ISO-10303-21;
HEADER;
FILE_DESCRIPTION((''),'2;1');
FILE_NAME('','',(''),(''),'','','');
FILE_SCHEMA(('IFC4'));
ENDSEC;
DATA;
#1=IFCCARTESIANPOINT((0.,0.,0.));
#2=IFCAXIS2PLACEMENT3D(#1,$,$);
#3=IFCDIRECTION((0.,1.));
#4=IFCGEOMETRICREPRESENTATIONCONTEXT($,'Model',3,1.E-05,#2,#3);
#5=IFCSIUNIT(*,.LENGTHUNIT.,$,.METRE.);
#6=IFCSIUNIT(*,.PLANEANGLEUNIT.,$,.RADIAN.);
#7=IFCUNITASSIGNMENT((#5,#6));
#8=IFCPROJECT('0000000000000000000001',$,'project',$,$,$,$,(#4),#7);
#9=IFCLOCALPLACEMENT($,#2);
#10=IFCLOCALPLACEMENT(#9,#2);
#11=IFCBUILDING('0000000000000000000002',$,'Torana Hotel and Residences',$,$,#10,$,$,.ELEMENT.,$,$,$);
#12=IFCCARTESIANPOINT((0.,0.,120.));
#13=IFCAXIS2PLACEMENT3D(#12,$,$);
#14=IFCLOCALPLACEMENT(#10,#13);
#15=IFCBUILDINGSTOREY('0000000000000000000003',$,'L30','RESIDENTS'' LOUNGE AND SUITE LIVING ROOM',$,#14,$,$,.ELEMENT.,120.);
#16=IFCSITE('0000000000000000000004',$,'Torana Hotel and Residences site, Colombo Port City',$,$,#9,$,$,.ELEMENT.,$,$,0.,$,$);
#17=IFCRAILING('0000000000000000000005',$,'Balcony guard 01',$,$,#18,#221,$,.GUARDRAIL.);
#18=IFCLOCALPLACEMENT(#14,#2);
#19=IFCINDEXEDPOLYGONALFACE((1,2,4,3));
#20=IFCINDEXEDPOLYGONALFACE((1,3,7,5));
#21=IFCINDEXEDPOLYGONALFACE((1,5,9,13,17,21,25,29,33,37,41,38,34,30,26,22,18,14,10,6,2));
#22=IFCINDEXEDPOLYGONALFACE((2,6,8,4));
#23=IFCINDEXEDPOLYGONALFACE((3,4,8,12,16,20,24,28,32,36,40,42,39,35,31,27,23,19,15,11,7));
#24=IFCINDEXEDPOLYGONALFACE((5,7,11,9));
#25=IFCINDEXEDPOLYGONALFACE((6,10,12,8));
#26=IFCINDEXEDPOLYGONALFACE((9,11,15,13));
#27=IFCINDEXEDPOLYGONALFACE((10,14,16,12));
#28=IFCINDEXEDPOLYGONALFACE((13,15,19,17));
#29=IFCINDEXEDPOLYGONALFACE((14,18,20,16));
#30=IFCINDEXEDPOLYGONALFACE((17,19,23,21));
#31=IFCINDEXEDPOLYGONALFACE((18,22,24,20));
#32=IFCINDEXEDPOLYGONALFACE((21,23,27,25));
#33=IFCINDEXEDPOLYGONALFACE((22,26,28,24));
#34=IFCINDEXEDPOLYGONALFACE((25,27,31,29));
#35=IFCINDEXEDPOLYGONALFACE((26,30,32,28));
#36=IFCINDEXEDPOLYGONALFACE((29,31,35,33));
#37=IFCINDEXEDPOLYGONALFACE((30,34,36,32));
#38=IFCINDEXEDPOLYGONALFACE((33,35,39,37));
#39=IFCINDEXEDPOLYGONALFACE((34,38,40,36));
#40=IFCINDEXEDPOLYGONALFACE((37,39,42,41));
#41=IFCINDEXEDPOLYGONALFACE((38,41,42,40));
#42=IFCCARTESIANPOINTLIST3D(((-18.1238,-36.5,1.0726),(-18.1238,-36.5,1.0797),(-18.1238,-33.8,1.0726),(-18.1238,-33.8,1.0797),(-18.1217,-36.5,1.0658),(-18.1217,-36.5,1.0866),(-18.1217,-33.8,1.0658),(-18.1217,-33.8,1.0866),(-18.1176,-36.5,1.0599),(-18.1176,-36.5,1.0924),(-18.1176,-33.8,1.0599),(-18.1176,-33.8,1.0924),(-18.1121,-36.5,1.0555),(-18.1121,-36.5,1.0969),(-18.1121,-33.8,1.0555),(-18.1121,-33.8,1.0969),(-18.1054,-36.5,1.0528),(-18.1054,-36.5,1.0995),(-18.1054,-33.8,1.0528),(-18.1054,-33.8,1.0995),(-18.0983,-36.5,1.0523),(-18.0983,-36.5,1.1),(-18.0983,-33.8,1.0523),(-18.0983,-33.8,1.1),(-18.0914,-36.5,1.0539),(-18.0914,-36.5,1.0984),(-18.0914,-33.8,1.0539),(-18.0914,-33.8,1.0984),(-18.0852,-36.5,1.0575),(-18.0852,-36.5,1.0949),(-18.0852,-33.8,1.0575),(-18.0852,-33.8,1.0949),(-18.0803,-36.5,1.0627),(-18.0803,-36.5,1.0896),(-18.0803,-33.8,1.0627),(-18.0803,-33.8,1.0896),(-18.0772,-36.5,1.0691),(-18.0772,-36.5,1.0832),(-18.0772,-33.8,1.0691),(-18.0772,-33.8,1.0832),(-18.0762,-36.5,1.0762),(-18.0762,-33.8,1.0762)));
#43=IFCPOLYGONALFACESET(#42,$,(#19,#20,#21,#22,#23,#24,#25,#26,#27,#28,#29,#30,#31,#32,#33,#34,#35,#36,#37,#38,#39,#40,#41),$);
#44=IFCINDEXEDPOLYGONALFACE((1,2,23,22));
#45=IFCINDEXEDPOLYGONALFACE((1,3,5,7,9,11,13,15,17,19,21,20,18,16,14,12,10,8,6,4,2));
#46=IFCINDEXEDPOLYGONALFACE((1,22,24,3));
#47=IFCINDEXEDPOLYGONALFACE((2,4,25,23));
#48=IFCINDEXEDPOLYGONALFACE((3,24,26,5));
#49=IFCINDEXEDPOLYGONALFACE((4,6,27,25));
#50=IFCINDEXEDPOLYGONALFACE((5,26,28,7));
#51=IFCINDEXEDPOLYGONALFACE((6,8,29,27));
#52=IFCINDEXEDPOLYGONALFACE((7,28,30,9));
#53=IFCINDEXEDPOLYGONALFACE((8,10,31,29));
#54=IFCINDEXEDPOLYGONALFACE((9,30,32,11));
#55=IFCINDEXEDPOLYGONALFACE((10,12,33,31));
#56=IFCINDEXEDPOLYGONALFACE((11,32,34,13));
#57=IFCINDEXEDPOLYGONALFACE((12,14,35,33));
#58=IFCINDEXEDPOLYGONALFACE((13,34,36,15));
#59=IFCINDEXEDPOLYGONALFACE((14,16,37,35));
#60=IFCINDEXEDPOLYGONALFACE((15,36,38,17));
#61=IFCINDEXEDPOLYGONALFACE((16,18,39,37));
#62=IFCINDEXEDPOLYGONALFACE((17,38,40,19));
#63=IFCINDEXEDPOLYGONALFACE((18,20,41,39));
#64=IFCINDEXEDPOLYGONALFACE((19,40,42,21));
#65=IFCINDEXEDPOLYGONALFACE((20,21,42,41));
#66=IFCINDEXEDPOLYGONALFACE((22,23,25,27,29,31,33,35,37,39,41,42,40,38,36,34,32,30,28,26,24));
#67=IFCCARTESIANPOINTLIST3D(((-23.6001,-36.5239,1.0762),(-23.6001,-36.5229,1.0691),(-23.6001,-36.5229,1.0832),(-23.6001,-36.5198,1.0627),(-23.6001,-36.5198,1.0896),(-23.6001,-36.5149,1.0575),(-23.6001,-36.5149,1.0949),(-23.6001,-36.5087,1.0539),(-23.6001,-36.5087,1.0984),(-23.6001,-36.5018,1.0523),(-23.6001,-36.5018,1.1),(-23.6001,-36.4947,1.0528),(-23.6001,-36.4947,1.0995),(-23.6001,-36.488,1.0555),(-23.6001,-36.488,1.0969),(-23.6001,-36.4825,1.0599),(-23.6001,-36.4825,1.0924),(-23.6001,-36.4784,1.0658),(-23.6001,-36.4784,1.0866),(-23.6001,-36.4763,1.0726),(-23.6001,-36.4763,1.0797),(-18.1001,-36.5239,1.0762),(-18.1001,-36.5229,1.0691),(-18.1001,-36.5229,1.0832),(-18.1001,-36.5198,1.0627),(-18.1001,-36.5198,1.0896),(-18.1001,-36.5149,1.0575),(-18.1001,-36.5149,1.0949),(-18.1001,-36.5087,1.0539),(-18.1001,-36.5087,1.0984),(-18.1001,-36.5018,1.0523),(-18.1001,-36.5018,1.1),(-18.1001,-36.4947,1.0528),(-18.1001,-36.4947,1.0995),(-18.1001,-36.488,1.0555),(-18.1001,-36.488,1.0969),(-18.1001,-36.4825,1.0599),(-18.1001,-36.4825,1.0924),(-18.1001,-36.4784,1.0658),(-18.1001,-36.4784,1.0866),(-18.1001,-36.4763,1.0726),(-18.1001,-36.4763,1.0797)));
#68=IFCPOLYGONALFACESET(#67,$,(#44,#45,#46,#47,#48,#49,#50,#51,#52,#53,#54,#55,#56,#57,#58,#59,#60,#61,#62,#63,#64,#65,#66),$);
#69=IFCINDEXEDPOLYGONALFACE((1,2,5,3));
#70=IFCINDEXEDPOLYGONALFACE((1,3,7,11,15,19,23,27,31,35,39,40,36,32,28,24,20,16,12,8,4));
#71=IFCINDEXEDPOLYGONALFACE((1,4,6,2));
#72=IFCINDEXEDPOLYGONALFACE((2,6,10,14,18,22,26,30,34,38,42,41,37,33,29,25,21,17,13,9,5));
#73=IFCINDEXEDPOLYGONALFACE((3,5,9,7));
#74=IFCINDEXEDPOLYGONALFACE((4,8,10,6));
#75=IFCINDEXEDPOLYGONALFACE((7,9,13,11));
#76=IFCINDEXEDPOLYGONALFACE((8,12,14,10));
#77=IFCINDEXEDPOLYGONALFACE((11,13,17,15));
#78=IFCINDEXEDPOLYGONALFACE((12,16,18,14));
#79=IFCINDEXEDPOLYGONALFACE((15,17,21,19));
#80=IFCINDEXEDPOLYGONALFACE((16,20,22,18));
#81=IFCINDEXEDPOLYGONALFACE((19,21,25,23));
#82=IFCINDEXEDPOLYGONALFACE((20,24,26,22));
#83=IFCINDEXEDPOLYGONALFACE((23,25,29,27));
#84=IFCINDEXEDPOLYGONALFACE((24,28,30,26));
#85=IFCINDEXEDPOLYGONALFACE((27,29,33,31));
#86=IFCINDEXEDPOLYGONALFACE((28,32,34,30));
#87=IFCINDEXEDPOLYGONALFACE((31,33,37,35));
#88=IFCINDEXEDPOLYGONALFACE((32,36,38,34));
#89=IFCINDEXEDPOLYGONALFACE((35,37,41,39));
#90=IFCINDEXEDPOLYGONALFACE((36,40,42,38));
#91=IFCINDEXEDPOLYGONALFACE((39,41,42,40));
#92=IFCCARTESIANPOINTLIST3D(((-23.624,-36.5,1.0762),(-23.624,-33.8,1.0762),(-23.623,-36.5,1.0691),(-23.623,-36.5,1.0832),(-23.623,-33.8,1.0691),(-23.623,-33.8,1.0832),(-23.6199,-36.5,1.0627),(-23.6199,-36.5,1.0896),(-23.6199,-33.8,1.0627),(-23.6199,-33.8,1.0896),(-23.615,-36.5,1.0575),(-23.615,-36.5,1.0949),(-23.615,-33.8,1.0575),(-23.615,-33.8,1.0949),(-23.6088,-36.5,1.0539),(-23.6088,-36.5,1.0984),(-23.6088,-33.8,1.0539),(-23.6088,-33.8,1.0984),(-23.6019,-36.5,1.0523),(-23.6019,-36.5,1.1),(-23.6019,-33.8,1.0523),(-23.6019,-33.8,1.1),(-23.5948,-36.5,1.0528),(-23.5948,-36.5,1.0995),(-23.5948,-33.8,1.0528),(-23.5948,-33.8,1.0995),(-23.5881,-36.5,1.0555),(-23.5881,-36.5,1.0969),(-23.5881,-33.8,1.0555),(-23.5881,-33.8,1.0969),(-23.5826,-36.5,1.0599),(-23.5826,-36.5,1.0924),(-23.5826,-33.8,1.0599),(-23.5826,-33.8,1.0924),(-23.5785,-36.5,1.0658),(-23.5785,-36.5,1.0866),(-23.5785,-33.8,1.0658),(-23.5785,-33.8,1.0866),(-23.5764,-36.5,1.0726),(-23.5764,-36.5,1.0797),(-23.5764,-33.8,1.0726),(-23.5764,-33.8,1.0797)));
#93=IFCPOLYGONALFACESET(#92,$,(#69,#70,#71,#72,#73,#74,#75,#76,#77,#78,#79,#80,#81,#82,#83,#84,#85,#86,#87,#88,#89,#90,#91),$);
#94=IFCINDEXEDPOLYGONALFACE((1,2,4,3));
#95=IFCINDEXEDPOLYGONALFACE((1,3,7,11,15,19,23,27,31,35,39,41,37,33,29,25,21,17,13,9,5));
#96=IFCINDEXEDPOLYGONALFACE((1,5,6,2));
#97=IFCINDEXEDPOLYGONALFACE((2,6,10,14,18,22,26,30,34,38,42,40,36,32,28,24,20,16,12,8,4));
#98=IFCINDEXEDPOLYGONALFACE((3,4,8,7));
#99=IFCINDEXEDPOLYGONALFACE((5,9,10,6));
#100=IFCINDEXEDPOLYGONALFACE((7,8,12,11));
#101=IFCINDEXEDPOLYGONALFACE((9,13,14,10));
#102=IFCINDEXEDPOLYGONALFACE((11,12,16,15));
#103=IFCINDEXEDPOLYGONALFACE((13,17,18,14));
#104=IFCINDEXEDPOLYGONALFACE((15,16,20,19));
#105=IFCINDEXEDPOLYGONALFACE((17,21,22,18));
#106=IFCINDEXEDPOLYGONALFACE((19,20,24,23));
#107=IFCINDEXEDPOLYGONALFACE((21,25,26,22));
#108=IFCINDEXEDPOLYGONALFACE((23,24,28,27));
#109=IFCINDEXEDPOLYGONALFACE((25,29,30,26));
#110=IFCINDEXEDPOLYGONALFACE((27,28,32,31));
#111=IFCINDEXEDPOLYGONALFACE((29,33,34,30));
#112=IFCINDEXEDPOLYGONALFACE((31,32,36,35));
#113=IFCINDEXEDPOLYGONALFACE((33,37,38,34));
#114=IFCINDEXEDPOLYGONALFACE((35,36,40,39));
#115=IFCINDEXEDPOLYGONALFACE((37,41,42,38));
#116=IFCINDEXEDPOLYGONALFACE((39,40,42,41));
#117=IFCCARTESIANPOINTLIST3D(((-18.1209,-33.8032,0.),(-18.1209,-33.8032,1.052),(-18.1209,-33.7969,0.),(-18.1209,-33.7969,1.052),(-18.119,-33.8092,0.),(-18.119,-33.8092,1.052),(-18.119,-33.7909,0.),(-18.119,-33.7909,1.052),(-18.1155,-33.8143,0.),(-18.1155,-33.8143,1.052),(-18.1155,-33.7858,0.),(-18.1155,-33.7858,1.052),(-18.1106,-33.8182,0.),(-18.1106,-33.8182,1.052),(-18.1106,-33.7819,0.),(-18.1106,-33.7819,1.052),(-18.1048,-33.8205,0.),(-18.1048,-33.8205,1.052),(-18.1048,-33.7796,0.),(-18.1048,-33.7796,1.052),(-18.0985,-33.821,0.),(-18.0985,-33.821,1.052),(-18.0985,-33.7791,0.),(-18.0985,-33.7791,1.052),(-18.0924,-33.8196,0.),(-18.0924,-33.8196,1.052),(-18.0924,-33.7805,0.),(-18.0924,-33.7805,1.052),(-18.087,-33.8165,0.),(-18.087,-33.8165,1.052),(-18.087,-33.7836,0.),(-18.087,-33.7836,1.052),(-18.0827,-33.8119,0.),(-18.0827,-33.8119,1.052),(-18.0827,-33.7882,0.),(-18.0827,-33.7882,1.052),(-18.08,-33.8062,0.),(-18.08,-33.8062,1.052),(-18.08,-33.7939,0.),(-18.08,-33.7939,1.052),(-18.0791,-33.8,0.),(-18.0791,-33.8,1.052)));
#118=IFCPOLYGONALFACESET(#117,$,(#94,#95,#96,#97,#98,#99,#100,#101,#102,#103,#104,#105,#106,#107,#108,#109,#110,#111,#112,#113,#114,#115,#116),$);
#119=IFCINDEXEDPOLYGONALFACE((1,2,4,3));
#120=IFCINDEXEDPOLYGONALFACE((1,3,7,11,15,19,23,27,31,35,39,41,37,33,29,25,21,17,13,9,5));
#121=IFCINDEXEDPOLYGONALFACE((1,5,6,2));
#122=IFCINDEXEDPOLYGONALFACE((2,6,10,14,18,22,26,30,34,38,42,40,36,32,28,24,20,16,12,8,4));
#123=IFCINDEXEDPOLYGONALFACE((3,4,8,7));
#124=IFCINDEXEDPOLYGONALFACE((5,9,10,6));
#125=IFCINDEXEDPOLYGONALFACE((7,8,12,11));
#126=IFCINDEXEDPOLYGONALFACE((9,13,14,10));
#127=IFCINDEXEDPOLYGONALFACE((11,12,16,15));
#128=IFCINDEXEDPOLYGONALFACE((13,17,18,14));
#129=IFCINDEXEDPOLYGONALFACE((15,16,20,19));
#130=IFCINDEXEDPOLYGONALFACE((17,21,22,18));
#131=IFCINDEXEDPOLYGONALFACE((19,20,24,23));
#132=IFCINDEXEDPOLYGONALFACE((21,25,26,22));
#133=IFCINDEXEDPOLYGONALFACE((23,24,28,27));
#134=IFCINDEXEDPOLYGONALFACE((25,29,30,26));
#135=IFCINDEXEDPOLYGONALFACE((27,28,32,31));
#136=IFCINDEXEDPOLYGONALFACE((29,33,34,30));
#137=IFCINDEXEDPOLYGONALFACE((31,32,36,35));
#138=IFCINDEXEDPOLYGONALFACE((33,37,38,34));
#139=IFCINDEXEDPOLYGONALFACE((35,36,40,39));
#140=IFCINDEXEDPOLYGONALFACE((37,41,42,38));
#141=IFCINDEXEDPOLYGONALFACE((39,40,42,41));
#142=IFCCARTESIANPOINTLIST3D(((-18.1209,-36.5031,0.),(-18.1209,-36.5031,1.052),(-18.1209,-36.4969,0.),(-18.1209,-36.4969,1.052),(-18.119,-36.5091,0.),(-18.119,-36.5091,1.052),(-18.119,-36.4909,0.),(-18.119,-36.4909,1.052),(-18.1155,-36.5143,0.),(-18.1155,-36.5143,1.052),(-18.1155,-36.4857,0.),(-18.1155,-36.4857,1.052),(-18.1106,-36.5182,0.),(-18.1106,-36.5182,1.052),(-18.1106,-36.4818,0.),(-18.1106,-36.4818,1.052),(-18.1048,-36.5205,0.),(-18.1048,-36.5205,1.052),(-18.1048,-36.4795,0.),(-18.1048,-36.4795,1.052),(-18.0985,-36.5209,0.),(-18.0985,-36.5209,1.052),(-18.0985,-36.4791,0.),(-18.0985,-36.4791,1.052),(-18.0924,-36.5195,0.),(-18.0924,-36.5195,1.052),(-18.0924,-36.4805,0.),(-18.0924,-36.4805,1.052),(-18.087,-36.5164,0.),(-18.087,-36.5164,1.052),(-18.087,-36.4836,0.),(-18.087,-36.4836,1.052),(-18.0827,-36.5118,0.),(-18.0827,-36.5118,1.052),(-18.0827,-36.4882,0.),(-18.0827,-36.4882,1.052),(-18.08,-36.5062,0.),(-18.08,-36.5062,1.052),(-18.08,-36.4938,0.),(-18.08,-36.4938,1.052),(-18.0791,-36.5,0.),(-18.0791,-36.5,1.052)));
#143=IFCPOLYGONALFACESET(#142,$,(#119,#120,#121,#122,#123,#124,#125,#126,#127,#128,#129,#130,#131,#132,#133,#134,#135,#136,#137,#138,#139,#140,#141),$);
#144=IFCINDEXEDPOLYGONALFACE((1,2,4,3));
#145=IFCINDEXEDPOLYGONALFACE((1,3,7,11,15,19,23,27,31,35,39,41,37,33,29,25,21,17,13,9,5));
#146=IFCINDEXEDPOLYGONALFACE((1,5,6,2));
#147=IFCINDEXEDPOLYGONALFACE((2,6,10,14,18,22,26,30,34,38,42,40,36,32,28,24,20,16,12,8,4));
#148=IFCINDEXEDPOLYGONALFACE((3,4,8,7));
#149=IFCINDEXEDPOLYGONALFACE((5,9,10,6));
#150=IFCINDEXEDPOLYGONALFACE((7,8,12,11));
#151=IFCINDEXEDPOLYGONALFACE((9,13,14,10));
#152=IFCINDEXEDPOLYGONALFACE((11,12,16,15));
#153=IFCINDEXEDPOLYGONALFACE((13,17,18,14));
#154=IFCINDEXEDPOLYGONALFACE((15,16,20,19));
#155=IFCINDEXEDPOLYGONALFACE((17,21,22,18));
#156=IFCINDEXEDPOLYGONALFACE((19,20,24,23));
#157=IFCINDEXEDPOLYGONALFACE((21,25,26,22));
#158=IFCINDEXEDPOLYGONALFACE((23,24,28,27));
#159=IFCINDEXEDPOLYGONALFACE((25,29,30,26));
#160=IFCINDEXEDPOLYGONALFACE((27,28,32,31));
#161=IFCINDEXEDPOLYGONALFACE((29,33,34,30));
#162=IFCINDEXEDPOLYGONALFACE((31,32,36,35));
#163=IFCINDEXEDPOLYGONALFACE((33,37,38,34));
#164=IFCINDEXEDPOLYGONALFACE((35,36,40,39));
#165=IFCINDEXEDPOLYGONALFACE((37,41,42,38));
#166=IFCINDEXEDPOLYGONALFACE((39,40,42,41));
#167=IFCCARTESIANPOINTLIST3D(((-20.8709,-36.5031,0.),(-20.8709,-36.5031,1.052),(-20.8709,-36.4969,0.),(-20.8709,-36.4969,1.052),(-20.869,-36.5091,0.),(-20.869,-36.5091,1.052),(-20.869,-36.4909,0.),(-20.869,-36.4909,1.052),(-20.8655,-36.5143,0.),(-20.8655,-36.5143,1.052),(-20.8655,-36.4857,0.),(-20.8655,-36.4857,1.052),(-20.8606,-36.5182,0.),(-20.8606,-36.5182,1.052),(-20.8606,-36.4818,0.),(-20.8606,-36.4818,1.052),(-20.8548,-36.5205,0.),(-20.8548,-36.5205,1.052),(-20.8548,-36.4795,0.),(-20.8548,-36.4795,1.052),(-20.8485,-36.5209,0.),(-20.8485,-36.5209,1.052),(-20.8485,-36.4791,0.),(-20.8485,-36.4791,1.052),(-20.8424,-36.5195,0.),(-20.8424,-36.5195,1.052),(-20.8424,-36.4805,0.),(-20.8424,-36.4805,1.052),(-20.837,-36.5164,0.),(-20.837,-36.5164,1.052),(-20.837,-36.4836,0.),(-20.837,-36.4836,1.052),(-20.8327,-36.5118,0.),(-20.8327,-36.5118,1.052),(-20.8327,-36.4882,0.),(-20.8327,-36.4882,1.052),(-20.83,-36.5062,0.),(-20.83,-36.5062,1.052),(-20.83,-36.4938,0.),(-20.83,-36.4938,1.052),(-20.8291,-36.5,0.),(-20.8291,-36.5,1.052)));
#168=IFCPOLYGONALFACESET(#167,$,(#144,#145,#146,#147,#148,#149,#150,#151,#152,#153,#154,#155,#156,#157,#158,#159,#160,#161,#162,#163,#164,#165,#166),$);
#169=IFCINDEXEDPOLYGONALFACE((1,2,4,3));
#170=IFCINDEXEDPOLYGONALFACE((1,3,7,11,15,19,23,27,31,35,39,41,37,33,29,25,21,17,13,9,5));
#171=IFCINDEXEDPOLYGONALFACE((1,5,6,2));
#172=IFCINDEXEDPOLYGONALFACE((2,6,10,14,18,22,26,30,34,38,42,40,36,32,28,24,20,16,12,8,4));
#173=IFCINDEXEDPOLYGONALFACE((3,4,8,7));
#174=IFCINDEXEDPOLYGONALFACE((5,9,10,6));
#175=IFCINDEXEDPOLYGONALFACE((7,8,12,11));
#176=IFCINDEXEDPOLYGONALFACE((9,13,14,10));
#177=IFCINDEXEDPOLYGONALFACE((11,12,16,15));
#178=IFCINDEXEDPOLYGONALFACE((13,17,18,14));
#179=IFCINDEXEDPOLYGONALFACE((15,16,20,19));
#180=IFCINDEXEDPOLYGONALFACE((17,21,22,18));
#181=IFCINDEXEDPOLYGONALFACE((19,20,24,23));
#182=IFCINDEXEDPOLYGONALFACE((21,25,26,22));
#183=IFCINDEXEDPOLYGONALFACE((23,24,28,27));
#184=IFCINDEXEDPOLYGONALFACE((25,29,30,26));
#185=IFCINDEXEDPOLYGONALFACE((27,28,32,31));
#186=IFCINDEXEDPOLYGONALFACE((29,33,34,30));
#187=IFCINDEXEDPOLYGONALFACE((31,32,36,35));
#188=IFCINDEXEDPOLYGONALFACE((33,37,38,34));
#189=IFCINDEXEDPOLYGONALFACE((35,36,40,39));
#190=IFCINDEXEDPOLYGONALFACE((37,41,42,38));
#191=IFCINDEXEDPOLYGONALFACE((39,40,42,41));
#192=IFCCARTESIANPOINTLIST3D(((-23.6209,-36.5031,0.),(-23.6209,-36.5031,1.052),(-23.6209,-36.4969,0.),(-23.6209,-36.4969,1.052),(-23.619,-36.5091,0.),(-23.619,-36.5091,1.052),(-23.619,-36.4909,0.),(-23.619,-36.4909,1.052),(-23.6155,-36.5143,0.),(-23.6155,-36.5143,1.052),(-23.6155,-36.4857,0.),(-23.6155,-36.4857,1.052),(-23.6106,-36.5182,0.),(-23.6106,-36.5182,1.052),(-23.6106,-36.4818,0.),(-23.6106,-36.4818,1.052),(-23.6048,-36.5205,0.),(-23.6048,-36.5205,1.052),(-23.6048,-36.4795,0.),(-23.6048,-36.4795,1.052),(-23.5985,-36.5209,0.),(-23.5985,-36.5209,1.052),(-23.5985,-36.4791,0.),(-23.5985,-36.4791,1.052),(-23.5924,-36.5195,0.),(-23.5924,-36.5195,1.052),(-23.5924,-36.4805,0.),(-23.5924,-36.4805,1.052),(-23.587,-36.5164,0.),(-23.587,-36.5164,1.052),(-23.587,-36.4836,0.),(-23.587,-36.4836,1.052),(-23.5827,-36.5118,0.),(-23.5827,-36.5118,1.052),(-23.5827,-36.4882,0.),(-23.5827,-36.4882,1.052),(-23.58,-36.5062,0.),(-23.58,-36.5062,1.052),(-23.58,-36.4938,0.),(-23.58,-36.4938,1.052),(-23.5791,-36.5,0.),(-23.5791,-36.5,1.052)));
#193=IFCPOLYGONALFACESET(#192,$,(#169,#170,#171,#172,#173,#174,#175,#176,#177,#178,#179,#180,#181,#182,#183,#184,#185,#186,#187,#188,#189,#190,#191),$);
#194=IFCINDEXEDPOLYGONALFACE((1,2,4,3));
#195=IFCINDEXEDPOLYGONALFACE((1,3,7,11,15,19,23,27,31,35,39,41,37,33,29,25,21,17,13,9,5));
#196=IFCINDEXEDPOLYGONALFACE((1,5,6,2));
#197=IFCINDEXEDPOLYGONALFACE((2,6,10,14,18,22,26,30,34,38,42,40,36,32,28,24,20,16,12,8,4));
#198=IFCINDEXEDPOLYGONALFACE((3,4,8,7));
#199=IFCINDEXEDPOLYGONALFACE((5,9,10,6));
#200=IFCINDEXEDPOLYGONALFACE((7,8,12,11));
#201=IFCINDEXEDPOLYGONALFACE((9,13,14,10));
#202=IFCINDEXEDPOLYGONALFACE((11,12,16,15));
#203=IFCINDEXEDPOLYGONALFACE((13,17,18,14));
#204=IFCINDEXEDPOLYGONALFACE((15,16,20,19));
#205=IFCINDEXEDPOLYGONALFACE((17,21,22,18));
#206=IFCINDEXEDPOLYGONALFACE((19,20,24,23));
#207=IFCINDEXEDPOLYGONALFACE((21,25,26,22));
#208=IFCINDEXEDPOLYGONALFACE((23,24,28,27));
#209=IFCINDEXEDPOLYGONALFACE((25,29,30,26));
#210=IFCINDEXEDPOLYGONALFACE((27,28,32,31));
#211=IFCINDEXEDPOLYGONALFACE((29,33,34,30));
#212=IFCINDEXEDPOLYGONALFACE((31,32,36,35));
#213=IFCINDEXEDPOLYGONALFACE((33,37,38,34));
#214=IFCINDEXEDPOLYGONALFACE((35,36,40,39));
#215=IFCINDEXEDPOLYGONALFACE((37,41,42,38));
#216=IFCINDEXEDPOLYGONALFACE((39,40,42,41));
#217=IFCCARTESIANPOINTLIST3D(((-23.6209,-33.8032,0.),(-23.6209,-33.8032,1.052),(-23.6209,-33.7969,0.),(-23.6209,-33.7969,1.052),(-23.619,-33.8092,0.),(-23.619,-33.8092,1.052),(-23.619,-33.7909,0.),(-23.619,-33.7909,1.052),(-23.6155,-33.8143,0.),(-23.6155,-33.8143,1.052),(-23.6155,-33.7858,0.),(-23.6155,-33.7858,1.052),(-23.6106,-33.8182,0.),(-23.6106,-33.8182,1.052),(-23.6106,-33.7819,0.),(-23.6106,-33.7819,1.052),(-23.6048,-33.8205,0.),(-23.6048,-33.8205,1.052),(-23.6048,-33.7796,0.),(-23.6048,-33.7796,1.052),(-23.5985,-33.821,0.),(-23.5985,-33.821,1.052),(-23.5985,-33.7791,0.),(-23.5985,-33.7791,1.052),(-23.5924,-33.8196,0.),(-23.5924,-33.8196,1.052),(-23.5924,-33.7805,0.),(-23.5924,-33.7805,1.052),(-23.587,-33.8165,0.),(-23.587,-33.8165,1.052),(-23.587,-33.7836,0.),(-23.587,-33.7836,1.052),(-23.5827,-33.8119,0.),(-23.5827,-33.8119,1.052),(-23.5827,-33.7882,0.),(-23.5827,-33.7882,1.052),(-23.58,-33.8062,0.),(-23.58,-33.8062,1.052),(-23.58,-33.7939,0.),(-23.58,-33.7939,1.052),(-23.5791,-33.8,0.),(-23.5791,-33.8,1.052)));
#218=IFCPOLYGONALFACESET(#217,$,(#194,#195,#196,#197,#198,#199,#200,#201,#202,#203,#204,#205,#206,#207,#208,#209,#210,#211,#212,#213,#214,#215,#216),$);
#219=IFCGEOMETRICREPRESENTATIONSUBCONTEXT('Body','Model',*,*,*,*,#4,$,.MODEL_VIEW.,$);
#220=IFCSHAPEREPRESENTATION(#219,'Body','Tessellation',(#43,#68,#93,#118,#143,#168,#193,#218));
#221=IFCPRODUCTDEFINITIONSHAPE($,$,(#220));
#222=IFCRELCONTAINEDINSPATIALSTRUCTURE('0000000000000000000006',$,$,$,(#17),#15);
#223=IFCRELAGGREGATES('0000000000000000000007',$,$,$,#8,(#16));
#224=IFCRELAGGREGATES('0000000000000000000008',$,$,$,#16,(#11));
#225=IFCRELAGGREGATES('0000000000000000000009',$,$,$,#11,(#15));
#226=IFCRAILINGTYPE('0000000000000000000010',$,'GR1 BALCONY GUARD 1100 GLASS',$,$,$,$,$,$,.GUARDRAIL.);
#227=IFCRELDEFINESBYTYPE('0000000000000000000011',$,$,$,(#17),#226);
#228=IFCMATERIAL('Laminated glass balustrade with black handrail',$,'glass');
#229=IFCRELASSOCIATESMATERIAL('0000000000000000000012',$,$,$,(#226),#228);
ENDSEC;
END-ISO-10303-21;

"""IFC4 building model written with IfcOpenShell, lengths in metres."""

from ifc_helpers import new_model, si_unit, direction, frame, origin, origin_2d, place, context, subcontext, project, spatial, circle, extrude, material, type_object, element, save


model = new_model("IFC4")

# Units and contexts
model_context = context("Model", 3, precision=1e-05, world=origin(), true_north=direction((0.0, 1.0)))
body_context = subcontext(model_context, "Body", "Model", "MODEL_VIEW")
ifc_project = project(units=[si_unit("LENGTHUNIT", "METRE"), si_unit("PLANEANGLEUNIT", "RADIAN")], contexts=[model_context])

# Site, building, storey
site_placement = place(None, origin())
site = spatial("IfcSite", under=ifc_project, at=site_placement, Name="Torana Hotel and Residences site, Colombo Port City", CompositionType="ELEMENT", RefElevation=0.0)
building_placement = place(site_placement, origin())
building = spatial("IfcBuilding", under=site, at=building_placement, Name="Torana Hotel and Residences", CompositionType="ELEMENT")
storey_placement = place(building_placement, frame((0.0, 0.0, 120.0)))
storey = spatial("IfcBuildingStorey", under=building, at=storey_placement, Name="L30", Description="RESIDENTS' LOUNGE AND SUITE LIVING ROOM", CompositionType="ELEMENT", Elevation=120.0)

# Railing
ifc_material_1 = material(Name="Laminated glass balustrade with black handrail", Category="glass")
railing_type = type_object("IfcRailingType", Name="GR1 BALCONY GUARD 1100 GLASS", PredefinedType="GUARDRAIL", material=ifc_material_1)
railing_placement = place(storey_placement, frame((-18.1001, -33.8, 0.0)))
element("IfcRailing", 1, at=railing_placement, inside=storey, type_object=railing_type, Name="Balcony guard 01", PredefinedType="GUARDRAIL", context=body_context, shape_type="SweptSolid", body=[
    extrude(circle(Radius=0.0239, at=origin_2d()), frame((0.0, 0.0, 1.0762), z_axis=(0.0, -1.0, 0.0), x_axis=(1.0, 0.0, 0.0)), (0.0, 0.0, 1.0), 2.7),
    extrude(circle(Radius=0.0239, at=origin_2d()), frame((0.0, -2.7, 1.0762), z_axis=(-1.0, 0.0, 0.0), x_axis=(0.0, -1.0, 0.0)), (0.0, 0.0, 1.0), 5.5),
    extrude(circle(Radius=0.0239, at=origin_2d()), frame((-5.5, -2.7, 1.0762), z_axis=(0.0, 1.0, 0.0), x_axis=(-1.0, 0.0, 0.0)), (0.0, 0.0, 1.0), 2.7),
    extrude(circle(Radius=0.021, at=origin_2d()), origin(), (0.0, 0.0, 1.0), 1.052),
    extrude(circle(Radius=0.021, at=origin_2d()), frame((0.0, -2.7, 0.0)), (0.0, 0.0, 1.0), 1.052),
    extrude(circle(Radius=0.021, at=origin_2d()), frame((-2.75, -2.7, 0.0)), (0.0, 0.0, 1.0), 1.052),
    extrude(circle(Radius=0.021, at=origin_2d()), frame((-5.5, -2.7, 0.0)), (0.0, 0.0, 1.0), 1.052),
    extrude(circle(Radius=0.021, at=origin_2d()), frame((-5.5, 0.0, 0.0)), (0.0, 0.0, 1.0), 1.052),
])

save(model, "model.ifc")
